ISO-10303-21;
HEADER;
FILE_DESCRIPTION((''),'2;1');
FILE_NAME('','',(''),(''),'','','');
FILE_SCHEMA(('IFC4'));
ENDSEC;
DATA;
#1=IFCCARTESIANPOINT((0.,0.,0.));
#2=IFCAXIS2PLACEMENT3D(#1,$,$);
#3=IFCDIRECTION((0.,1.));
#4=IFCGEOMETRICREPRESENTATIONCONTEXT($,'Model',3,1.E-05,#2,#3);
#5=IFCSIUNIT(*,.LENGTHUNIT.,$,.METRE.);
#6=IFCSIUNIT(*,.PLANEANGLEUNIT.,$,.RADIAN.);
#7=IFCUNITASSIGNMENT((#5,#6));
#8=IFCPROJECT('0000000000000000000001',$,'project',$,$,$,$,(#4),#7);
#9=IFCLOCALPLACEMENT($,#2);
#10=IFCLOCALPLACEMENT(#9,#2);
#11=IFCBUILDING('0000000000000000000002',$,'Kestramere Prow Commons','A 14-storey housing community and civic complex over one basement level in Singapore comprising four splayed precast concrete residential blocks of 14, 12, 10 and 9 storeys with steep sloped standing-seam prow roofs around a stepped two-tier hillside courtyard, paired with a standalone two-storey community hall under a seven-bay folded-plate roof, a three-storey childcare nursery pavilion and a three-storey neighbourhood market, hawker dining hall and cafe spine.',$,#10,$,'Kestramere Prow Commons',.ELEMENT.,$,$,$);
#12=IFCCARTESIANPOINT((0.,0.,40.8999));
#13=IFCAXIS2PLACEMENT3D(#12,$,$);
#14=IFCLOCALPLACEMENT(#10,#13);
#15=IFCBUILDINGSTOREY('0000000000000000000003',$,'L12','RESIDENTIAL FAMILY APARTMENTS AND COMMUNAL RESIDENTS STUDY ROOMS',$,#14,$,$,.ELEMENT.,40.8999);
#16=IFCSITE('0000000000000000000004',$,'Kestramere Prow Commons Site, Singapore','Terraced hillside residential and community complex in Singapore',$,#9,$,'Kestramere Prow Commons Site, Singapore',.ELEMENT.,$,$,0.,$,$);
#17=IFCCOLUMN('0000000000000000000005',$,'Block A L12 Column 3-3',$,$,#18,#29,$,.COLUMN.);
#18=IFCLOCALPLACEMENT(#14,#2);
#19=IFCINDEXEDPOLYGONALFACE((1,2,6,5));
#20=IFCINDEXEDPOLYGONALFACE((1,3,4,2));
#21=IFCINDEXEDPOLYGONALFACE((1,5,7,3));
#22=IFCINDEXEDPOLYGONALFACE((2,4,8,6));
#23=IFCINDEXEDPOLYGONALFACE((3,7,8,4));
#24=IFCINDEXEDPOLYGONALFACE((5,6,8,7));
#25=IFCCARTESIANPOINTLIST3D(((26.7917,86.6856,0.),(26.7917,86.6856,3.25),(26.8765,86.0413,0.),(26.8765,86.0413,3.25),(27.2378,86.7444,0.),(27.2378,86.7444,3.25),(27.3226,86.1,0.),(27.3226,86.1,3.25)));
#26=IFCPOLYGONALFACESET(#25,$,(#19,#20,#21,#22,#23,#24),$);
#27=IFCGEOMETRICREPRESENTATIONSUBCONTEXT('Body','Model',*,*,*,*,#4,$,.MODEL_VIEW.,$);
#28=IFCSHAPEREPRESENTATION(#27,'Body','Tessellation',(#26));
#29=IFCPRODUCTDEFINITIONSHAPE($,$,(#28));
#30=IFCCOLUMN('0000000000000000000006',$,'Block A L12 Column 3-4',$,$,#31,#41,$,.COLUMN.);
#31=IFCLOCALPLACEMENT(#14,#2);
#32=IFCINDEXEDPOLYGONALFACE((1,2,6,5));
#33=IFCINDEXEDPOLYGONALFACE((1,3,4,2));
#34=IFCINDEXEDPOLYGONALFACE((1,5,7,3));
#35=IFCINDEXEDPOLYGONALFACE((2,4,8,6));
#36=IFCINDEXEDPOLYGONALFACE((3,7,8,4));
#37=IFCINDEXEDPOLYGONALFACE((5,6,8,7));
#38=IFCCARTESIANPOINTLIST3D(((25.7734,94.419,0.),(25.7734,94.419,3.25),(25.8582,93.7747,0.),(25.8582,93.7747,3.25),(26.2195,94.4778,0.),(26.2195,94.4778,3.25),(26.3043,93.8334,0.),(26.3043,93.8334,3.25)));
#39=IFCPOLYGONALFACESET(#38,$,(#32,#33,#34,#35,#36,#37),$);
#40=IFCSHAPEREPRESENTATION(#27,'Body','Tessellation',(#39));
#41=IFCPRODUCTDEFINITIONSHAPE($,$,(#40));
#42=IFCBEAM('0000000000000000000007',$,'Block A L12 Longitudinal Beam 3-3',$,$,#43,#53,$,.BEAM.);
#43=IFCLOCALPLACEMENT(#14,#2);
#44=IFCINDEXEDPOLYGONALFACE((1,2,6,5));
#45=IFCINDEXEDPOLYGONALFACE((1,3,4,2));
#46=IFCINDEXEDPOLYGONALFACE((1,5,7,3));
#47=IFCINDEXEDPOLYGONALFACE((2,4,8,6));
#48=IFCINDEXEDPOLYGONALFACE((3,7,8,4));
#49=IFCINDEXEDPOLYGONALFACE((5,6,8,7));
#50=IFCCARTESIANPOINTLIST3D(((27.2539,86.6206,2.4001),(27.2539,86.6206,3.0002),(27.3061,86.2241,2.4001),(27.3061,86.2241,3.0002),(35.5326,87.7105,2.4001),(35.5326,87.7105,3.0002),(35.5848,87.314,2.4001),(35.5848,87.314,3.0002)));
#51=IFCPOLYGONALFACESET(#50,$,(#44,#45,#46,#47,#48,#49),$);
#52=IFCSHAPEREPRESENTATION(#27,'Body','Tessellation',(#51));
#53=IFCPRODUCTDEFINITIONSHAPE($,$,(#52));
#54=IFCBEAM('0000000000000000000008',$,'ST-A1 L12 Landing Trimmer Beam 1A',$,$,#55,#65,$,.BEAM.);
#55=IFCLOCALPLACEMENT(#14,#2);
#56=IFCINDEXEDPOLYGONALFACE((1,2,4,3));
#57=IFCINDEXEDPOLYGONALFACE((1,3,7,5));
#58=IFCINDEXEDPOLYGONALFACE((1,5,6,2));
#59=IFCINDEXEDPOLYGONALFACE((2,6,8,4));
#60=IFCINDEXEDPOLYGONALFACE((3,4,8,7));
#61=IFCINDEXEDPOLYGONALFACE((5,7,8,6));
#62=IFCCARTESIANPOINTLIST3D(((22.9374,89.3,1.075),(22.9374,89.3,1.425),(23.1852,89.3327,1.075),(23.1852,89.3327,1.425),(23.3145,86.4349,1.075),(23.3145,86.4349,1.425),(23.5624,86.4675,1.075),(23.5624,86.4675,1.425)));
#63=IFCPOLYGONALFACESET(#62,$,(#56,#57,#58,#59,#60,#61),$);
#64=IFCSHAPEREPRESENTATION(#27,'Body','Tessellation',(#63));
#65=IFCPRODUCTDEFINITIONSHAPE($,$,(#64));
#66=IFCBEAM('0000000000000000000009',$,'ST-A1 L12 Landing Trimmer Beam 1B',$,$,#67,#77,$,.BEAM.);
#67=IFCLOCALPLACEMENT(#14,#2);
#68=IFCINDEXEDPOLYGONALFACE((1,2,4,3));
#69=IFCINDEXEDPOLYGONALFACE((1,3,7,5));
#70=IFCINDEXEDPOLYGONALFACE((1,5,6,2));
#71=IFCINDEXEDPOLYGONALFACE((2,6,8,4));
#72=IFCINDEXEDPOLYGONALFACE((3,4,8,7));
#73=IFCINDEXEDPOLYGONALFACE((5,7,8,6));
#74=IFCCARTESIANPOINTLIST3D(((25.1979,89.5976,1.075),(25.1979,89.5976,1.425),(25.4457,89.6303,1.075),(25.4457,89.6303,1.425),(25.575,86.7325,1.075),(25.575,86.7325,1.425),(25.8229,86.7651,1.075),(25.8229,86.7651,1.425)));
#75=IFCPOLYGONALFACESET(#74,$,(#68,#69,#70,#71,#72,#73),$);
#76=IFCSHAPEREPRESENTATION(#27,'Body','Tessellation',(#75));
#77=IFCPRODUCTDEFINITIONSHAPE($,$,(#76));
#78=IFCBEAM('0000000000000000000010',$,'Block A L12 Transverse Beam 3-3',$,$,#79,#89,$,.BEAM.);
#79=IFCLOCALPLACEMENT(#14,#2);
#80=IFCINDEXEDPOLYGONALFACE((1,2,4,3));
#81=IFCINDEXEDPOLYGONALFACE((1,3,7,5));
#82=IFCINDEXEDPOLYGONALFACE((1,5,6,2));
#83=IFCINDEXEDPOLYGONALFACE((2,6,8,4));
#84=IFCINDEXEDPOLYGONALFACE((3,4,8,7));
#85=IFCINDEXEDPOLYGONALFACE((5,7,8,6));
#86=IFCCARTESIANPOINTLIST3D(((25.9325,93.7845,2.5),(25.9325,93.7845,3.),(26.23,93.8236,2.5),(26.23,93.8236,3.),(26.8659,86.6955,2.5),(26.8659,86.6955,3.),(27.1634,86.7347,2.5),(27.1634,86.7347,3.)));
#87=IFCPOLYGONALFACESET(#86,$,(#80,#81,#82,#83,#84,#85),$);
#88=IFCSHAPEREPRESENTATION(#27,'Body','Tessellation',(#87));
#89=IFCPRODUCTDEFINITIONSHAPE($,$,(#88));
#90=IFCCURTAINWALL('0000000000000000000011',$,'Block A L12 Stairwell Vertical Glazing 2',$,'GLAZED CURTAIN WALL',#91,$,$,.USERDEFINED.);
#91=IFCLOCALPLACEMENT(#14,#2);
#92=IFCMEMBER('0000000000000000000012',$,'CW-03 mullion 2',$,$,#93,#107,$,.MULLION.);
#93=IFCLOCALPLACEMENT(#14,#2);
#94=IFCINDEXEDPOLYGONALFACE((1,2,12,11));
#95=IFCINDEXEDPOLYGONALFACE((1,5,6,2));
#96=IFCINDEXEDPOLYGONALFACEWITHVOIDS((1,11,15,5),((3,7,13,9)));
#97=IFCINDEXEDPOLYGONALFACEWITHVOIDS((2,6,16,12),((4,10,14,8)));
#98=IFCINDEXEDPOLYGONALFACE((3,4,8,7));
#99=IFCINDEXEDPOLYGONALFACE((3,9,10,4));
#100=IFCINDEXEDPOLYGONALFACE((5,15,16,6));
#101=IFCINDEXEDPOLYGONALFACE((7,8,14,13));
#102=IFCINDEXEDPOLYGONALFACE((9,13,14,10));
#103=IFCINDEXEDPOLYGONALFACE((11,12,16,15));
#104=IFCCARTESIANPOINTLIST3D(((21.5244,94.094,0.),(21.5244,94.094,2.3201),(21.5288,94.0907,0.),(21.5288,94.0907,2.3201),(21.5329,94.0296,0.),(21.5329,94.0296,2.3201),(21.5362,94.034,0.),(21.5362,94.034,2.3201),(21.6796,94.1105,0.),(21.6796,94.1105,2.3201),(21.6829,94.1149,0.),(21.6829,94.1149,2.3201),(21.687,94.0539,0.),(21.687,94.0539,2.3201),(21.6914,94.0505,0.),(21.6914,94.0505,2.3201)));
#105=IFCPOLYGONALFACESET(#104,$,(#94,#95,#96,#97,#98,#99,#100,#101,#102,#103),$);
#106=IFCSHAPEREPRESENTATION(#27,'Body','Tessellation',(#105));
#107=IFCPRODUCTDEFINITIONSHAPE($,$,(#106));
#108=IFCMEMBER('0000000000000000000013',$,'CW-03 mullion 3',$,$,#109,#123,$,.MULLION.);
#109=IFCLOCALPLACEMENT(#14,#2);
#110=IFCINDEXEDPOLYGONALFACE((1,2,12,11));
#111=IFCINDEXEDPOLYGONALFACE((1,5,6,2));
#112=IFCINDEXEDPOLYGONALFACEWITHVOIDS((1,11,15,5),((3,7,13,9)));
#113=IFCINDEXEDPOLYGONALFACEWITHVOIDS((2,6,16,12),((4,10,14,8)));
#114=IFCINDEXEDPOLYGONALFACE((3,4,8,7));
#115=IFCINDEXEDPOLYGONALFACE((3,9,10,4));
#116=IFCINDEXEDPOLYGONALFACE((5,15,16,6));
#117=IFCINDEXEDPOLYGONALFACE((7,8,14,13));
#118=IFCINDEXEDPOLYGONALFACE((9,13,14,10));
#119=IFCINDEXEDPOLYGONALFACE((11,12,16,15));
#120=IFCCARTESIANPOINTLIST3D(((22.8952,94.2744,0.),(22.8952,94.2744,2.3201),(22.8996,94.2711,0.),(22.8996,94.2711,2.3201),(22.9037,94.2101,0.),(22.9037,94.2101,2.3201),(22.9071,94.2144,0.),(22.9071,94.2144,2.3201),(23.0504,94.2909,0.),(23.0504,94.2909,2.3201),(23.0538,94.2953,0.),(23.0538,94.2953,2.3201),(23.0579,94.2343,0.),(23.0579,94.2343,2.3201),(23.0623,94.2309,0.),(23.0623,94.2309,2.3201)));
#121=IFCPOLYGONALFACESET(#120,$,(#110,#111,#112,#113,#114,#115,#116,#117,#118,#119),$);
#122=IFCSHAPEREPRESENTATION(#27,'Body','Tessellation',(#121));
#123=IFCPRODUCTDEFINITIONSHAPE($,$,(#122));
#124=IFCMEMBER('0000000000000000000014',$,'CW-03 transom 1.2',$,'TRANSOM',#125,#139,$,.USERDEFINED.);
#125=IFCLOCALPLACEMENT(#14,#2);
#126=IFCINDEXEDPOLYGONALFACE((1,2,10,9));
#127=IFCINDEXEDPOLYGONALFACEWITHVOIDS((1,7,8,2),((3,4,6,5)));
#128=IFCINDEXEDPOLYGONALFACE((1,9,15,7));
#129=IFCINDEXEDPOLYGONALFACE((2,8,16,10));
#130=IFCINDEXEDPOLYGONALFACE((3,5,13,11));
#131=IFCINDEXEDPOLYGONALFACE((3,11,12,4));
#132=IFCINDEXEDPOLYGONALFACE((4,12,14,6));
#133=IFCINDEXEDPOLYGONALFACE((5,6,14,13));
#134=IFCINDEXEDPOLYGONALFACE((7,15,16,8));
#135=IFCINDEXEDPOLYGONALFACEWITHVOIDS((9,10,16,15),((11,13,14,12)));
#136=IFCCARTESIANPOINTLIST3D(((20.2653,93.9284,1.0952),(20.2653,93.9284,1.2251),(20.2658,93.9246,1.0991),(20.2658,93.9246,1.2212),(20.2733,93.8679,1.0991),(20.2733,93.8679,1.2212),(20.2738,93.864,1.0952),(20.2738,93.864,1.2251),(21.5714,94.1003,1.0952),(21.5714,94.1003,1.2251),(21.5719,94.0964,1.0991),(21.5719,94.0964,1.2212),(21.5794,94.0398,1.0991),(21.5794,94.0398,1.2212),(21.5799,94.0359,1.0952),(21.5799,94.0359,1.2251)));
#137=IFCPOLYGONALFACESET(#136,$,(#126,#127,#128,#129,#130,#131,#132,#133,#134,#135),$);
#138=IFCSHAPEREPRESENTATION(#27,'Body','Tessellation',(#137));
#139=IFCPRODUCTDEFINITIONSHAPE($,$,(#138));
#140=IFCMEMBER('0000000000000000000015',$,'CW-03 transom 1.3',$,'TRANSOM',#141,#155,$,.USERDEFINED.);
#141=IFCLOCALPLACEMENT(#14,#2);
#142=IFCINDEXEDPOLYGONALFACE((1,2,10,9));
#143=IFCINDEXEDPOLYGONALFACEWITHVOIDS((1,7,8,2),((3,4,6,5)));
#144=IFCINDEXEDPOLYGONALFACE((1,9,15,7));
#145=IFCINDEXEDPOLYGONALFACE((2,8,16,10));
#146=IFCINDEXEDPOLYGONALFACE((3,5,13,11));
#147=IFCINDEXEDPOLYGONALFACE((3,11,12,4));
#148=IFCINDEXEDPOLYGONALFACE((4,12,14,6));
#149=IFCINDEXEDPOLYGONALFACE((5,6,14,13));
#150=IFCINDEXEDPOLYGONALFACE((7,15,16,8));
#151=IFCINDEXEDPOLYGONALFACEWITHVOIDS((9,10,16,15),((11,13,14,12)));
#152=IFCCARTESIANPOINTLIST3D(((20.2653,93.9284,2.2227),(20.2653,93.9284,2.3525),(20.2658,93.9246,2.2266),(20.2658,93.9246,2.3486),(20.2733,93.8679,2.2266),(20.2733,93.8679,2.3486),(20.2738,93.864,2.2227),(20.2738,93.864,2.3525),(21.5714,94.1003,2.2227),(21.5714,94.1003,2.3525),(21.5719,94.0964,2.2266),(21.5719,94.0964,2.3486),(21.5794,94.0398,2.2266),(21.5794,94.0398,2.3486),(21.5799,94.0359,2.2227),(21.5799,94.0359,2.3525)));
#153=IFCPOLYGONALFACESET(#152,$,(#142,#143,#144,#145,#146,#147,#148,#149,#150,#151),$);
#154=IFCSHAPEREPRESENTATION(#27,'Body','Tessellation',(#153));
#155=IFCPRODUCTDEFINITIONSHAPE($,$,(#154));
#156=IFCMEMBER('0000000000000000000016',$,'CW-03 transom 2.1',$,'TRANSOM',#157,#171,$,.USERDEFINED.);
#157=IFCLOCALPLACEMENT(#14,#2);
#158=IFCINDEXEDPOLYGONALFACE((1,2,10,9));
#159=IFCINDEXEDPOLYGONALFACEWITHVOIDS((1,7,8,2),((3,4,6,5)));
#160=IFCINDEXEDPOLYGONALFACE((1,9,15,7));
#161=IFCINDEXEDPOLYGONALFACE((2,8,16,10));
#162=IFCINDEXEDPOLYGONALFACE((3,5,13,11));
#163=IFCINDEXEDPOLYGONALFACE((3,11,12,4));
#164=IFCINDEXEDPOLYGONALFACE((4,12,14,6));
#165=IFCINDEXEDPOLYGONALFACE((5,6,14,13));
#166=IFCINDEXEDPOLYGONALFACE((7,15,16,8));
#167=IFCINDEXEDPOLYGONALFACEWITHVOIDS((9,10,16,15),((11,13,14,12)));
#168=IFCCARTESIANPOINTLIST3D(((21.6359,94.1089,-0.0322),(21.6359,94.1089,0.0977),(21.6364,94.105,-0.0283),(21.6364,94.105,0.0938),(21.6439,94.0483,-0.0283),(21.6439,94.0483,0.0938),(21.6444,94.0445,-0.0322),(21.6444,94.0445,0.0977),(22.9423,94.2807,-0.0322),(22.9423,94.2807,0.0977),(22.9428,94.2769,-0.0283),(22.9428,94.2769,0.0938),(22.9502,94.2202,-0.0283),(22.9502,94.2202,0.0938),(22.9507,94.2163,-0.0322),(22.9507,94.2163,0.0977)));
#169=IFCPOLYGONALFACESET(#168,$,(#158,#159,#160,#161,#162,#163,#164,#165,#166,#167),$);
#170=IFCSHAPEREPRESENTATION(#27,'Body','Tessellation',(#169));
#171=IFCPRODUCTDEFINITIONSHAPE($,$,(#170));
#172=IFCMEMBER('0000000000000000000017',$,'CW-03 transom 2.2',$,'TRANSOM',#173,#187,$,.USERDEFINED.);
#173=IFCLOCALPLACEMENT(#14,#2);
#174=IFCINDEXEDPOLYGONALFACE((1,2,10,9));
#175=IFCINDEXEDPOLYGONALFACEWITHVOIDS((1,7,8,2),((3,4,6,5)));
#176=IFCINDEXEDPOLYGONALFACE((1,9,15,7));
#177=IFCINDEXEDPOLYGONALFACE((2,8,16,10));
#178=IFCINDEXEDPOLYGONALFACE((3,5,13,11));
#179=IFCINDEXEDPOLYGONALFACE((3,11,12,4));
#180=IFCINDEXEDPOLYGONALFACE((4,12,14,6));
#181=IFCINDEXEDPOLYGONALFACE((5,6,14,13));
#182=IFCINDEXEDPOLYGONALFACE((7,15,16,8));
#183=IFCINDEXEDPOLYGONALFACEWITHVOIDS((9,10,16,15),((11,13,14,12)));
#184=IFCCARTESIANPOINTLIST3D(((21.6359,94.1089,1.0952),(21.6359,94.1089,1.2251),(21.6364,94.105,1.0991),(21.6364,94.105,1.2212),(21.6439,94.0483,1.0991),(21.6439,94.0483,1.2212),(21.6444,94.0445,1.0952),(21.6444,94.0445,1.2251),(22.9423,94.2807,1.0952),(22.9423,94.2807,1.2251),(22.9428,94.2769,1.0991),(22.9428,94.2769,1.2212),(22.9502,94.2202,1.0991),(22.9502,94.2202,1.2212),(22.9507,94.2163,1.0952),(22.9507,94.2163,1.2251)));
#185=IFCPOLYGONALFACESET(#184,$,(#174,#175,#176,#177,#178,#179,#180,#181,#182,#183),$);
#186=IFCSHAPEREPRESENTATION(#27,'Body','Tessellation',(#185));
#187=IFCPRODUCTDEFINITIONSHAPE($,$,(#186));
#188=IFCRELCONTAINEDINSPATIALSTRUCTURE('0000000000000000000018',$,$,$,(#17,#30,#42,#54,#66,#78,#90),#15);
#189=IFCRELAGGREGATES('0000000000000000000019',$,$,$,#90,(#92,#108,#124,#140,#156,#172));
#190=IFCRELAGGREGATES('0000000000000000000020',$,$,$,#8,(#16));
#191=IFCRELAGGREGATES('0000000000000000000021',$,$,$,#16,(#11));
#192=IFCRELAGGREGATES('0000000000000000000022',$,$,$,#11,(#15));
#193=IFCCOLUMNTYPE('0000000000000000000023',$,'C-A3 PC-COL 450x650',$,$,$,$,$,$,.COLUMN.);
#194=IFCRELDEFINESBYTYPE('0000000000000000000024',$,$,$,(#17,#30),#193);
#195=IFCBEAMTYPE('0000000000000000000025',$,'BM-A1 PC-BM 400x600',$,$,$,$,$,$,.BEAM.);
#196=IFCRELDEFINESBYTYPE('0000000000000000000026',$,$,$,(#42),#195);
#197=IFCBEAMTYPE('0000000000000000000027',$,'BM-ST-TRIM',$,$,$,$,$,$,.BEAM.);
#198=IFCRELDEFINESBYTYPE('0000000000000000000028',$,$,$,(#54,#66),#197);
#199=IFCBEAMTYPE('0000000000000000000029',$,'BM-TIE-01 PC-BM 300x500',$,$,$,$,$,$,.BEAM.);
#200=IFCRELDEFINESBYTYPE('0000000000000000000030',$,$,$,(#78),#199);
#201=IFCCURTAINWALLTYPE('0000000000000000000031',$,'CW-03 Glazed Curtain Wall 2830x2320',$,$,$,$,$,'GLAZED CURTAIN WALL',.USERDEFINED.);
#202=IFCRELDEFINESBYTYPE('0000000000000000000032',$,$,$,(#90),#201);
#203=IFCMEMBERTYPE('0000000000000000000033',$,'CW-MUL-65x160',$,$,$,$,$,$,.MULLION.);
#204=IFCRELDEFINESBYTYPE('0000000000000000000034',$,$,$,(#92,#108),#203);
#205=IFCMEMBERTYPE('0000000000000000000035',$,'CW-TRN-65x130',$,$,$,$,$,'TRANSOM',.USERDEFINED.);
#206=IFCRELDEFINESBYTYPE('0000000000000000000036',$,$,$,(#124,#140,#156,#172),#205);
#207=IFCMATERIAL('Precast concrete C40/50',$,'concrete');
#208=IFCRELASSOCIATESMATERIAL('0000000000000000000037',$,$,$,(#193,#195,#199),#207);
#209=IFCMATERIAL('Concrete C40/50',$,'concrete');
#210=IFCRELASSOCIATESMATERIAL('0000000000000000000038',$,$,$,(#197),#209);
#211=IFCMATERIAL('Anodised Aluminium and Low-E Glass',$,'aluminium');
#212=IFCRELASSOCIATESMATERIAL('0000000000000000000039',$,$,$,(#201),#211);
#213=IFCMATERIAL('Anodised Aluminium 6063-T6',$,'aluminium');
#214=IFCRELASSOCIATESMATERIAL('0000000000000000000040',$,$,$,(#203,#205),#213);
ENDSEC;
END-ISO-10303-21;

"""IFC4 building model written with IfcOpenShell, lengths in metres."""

from ifc_helpers import new_model, si_unit, direction, frame, origin, origin_2d, place, context, subcontext, project, spatial, rectangle, hollow_rectangle, extrude, material, material_profile, profile_set, type_object, element, aggregate, save


model = new_model("IFC4")

# Units and contexts
model_context = context("Model", 3, precision=1e-05, world=origin(), true_north=direction((0.0, 1.0)))
body_context = subcontext(model_context, "Body", "Model", "MODEL_VIEW")
ifc_project = project(units=[si_unit("LENGTHUNIT", "METRE"), si_unit("PLANEANGLEUNIT", "RADIAN")], contexts=[model_context])

# Site, building, storey
site_placement = place(None, origin())
site = spatial("IfcSite", under=ifc_project, at=site_placement, Name="Kestramere Prow Commons Site, Singapore", Description="Terraced hillside residential and community complex in Singapore", LongName="Kestramere Prow Commons Site, Singapore", CompositionType="ELEMENT", RefElevation=0.0)
building_placement = place(site_placement, origin())
building = spatial("IfcBuilding", under=site, at=building_placement, Name="Kestramere Prow Commons", Description="A 14-storey housing community and civic complex over one basement level in Singapore comprising four splayed precast concrete residential blocks of 14, 12, 10 and 9 storeys with steep sloped standing-seam prow roofs around a stepped two-tier hillside courtyard, paired with a standalone two-storey community hall under a seven-bay folded-plate roof, a three-storey childcare nursery pavilion and a three-storey neighbourhood market, hawker dining hall and cafe spine.", LongName="Kestramere Prow Commons", CompositionType="ELEMENT")
storey_placement = place(building_placement, frame((0.0, 0.0, 40.8999)))
storey = spatial("IfcBuildingStorey", under=building, at=storey_placement, Name="L12", Description="RESIDENTIAL FAMILY APARTMENTS AND COMMUNAL RESIDENTS STUDY ROOMS", CompositionType="ELEMENT", Elevation=40.8999)

# Columns
ifc_material_1 = material(Name="Precast concrete C40/50", Category="concrete")
ifc_material_profile_1 = material_profile(ifc_material_1, rectangle(XDim=0.45, YDim=0.6499, at=origin_2d()), Name="PC-COL 450x650")
ifc_profile_set_1 = profile_set([ifc_material_profile_1], Name="Precast concrete C40/50")
column_type = type_object("IfcColumnType", Name="C-A3 PC-COL 450x650", PredefinedType="COLUMN", material=ifc_profile_set_1)
for number, where, z_axis, x_axis, name in (
    (1, (27.0571, 86.3928, 0.0), (0.0, 0.0, 1.0), (0.991445, 0.130526, 0.0), "Block A L12 Column 3-3"),
    (2, (26.0388, 94.1262, 0.0), (0.0, 0.0, 1.0), (0.991445, 0.130526, 0.0), "Block A L12 Column 3-4"),
):
    element("IfcColumn", number, at=place(storey_placement, frame(where, z_axis=z_axis, x_axis=x_axis)), inside=storey, type_object=column_type, Name=name, PredefinedType="COLUMN", context=body_context, shape_type="SweptSolid", body=[
        extrude(rectangle(XDim=0.45, YDim=0.6499, at=origin_2d()), origin(), (0.0, 0.0, 1.0), 3.25),
    ])

# Beams
ifc_material_profile_2 = material_profile(ifc_material_1, rectangle(XDim=0.3999, YDim=0.6001, at=origin_2d()), Name="PC-BM 400x600")
ifc_profile_set_2 = profile_set([ifc_material_profile_2], Name="Precast concrete C40/50")
beam_type_1 = type_object("IfcBeamType", Name="BM-A1 PC-BM 400x600", PredefinedType="BEAM", material=ifc_profile_set_2)
beam_1_placement = place(storey_placement, frame((27.28, 86.4224, 2.7002), z_axis=(0.991446, 0.13052, 0.0), x_axis=(-0.13052, 0.991446, 0.0)))
element("IfcBeam", 3, at=beam_1_placement, inside=storey, type_object=beam_type_1, Name="Block A L12 Longitudinal Beam 3-3", PredefinedType="BEAM", context=body_context, shape_type="SweptSolid", body=[
    extrude(rectangle(XDim=0.3999, YDim=0.6001, at=origin_2d()), origin(), (0.0, 0.0, 1.0), 8.3501),
])
ifc_material_2 = material(Name="Concrete C40/50", Category="concrete")
ifc_material_profile_3 = material_profile(ifc_material_2, rectangle(XDim=0.25, YDim=0.3501, at=origin_2d()), Name="PC-BM 250x350")
ifc_profile_set_3 = profile_set([ifc_material_profile_3], Name="Concrete C40/50")
beam_type_2 = type_object("IfcBeamType", Name="BM-ST-TRIM", PredefinedType="BEAM", material=ifc_profile_set_3)
for number, where, z_axis, x_axis, name in (
    (4, (23.4385, 86.4512, 1.25), (-0.13052, 0.991446, 0.0), (-0.991446, -0.13052, 0.0), "ST-A1 L12 Landing Trimmer Beam 1A"),
    (5, (25.699, 86.7488, 1.25), (-0.13052, 0.991446, 0.0), (-0.991446, -0.13052, 0.0), "ST-A1 L12 Landing Trimmer Beam 1B"),
):
    element("IfcBeam", number, at=place(storey_placement, frame(where, z_axis=z_axis, x_axis=x_axis)), inside=storey, type_object=beam_type_2, Name=name, PredefinedType="BEAM", context=body_context, shape_type="SweptSolid", body=[
        extrude(rectangle(XDim=0.25, YDim=0.3501, at=origin_2d()), origin(), (0.0, 0.0, 1.0), 2.8899),
    ])
ifc_material_profile_4 = material_profile(ifc_material_1, rectangle(XDim=0.3, YDim=0.5, at=origin_2d()), Name="PC-BM 300x500")
ifc_profile_set_4 = profile_set([ifc_material_profile_4], Name="Precast concrete C40/50")
beam_type_3 = type_object("IfcBeamType", Name="BM-TIE-01 PC-BM 300x500", PredefinedType="BEAM", material=ifc_profile_set_4)
beam_2_placement = place(storey_placement, frame((27.0146, 86.7151, 2.75), z_axis=(-0.130538, 0.991443, 0.0), x_axis=(-0.991443, -0.130538, 0.0)))
element("IfcBeam", 6, at=beam_2_placement, inside=storey, type_object=beam_type_3, Name="Block A L12 Transverse Beam 3-3", PredefinedType="BEAM", context=body_context, shape_type="SweptSolid", body=[
    extrude(rectangle(XDim=0.3, YDim=0.5, at=origin_2d()), origin(), (0.0, 0.0, 1.0), 7.1501),
])

# Curtain wall, members
ifc_material_3 = material(Name="Anodised Aluminium and Low-E Glass", Category="aluminium")
curtain_wall_type = type_object("IfcCurtainWallType", Name="CW-03 Glazed Curtain Wall 2830x2320", ElementType="GLAZED CURTAIN WALL", PredefinedType="USERDEFINED", material=ifc_material_3)
curtain_wall_placement = place(storey_placement, origin())
curtain_wall = element("IfcCurtainWall", 7, at=curtain_wall_placement, inside=storey, type_object=curtain_wall_type, Name="Block A L12 Stairwell Vertical Glazing 2", ObjectType="GLAZED CURTAIN WALL", PredefinedType="USERDEFINED")
ifc_material_4 = material(Name="Anodised Aluminium 6063-T6", Category="aluminium")
ifc_material_profile_5 = material_profile(ifc_material_4, hollow_rectangle(XDim=0.0649, YDim=0.1599, WallThickness=0.0039, at=origin_2d()), Name="ALU-MUL 65x160")
ifc_profile_set_5 = profile_set([ifc_material_profile_5], Name="Anodised Aluminium 6063-T6")
member_type_1 = type_object("IfcMemberType", Name="CW-MUL-65x160", PredefinedType="MULLION", material=ifc_profile_set_5)
member_1_placement = place(storey_placement, frame((21.6079, 94.0723, 0.0), z_axis=(0.0, 0.0, 1.0), x_axis=(-0.130526, 0.991445, 0.0)))
member_1 = element("IfcMember", 8, at=member_1_placement, type_object=member_type_1, Name="CW-03 mullion 2", PredefinedType="MULLION", context=body_context, shape_type="SweptSolid", body=[
    extrude(hollow_rectangle(XDim=0.0649, YDim=0.1599, WallThickness=0.0039, at=origin_2d()), origin(), (0.0, 0.0, 1.0), 2.3201),
])
member_2_placement = place(storey_placement, frame((22.9788, 94.2527, 0.0), z_axis=(0.0, 0.0, 1.0), x_axis=(-0.130526, 0.991445, 0.0)))
member_2 = element("IfcMember", 9, at=member_2_placement, type_object=member_type_1, Name="CW-03 mullion 3", PredefinedType="MULLION", context=body_context, shape_type="SweptSolid", body=[
    extrude(hollow_rectangle(XDim=0.0649, YDim=0.1599, WallThickness=0.0039, at=origin_2d()), origin(), (0.0, 0.0, 1.0), 2.3201),
])
ifc_material_profile_6 = material_profile(ifc_material_4, hollow_rectangle(XDim=0.0649, YDim=0.1299, WallThickness=0.0039, at=origin_2d()), Name="ALU-TRN 65x130")
ifc_profile_set_6 = profile_set([ifc_material_profile_6], Name="Anodised Aluminium 6063-T6")
member_type_2 = type_object("IfcMemberType", Name="CW-TRN-65x130", ElementType="TRANSOM", PredefinedType="USERDEFINED", material=ifc_profile_set_6)
member_3_placement = place(storey_placement, frame((20.2695, 93.8962, 1.1602), z_axis=(0.991453, 0.130464, 0.0), x_axis=(-0.130464, 0.991453, 0.0)))
member_3 = element("IfcMember", 10, at=member_3_placement, type_object=member_type_2, Name="CW-03 transom 1.2", ObjectType="TRANSOM", PredefinedType="USERDEFINED", context=body_context, shape_type="SweptSolid", body=[
    extrude(hollow_rectangle(XDim=0.0649, YDim=0.1299, WallThickness=0.0039, at=origin_2d()), origin(), (0.0, 0.0, 1.0), 1.3174),
])
member_4_placement = place(storey_placement, frame((20.2695, 93.8962, 2.2876), z_axis=(0.991453, 0.130464, 0.0), x_axis=(-0.130464, 0.991453, 0.0)))
member_4 = element("IfcMember", 11, at=member_4_placement, type_object=member_type_2, Name="CW-03 transom 1.3", ObjectType="TRANSOM", PredefinedType="USERDEFINED", context=body_context, shape_type="SweptSolid", body=[
    extrude(hollow_rectangle(XDim=0.0649, YDim=0.1299, WallThickness=0.0039, at=origin_2d()), origin(), (0.0, 0.0, 1.0), 1.3174),
])
member_5_placement = place(storey_placement, frame((21.6401, 94.0767, 0.0327), z_axis=(0.991456, 0.13044, 0.0), x_axis=(-0.13044, 0.991456, 0.0)))
member_5 = element("IfcMember", 12, at=member_5_placement, type_object=member_type_2, Name="CW-03 transom 2.1", ObjectType="TRANSOM", PredefinedType="USERDEFINED", context=body_context, shape_type="SweptSolid", body=[
    extrude(hollow_rectangle(XDim=0.0649, YDim=0.1299, WallThickness=0.0039, at=origin_2d()), origin(), (0.0, 0.0, 1.0), 1.3176),
])
member_6_placement = place(storey_placement, frame((21.6401, 94.0767, 1.1602), z_axis=(0.991456, 0.13044, 0.0), x_axis=(-0.13044, 0.991456, 0.0)))
member_6 = element("IfcMember", 13, at=member_6_placement, type_object=member_type_2, Name="CW-03 transom 2.2", ObjectType="TRANSOM", PredefinedType="USERDEFINED", context=body_context, shape_type="SweptSolid", body=[
    extrude(hollow_rectangle(XDim=0.0649, YDim=0.1299, WallThickness=0.0039, at=origin_2d()), origin(), (0.0, 0.0, 1.0), 1.3176),
])

aggregate(curtain_wall, [member_1, member_2, member_3, member_4, member_5, member_6])

save(model, "model.ifc")
